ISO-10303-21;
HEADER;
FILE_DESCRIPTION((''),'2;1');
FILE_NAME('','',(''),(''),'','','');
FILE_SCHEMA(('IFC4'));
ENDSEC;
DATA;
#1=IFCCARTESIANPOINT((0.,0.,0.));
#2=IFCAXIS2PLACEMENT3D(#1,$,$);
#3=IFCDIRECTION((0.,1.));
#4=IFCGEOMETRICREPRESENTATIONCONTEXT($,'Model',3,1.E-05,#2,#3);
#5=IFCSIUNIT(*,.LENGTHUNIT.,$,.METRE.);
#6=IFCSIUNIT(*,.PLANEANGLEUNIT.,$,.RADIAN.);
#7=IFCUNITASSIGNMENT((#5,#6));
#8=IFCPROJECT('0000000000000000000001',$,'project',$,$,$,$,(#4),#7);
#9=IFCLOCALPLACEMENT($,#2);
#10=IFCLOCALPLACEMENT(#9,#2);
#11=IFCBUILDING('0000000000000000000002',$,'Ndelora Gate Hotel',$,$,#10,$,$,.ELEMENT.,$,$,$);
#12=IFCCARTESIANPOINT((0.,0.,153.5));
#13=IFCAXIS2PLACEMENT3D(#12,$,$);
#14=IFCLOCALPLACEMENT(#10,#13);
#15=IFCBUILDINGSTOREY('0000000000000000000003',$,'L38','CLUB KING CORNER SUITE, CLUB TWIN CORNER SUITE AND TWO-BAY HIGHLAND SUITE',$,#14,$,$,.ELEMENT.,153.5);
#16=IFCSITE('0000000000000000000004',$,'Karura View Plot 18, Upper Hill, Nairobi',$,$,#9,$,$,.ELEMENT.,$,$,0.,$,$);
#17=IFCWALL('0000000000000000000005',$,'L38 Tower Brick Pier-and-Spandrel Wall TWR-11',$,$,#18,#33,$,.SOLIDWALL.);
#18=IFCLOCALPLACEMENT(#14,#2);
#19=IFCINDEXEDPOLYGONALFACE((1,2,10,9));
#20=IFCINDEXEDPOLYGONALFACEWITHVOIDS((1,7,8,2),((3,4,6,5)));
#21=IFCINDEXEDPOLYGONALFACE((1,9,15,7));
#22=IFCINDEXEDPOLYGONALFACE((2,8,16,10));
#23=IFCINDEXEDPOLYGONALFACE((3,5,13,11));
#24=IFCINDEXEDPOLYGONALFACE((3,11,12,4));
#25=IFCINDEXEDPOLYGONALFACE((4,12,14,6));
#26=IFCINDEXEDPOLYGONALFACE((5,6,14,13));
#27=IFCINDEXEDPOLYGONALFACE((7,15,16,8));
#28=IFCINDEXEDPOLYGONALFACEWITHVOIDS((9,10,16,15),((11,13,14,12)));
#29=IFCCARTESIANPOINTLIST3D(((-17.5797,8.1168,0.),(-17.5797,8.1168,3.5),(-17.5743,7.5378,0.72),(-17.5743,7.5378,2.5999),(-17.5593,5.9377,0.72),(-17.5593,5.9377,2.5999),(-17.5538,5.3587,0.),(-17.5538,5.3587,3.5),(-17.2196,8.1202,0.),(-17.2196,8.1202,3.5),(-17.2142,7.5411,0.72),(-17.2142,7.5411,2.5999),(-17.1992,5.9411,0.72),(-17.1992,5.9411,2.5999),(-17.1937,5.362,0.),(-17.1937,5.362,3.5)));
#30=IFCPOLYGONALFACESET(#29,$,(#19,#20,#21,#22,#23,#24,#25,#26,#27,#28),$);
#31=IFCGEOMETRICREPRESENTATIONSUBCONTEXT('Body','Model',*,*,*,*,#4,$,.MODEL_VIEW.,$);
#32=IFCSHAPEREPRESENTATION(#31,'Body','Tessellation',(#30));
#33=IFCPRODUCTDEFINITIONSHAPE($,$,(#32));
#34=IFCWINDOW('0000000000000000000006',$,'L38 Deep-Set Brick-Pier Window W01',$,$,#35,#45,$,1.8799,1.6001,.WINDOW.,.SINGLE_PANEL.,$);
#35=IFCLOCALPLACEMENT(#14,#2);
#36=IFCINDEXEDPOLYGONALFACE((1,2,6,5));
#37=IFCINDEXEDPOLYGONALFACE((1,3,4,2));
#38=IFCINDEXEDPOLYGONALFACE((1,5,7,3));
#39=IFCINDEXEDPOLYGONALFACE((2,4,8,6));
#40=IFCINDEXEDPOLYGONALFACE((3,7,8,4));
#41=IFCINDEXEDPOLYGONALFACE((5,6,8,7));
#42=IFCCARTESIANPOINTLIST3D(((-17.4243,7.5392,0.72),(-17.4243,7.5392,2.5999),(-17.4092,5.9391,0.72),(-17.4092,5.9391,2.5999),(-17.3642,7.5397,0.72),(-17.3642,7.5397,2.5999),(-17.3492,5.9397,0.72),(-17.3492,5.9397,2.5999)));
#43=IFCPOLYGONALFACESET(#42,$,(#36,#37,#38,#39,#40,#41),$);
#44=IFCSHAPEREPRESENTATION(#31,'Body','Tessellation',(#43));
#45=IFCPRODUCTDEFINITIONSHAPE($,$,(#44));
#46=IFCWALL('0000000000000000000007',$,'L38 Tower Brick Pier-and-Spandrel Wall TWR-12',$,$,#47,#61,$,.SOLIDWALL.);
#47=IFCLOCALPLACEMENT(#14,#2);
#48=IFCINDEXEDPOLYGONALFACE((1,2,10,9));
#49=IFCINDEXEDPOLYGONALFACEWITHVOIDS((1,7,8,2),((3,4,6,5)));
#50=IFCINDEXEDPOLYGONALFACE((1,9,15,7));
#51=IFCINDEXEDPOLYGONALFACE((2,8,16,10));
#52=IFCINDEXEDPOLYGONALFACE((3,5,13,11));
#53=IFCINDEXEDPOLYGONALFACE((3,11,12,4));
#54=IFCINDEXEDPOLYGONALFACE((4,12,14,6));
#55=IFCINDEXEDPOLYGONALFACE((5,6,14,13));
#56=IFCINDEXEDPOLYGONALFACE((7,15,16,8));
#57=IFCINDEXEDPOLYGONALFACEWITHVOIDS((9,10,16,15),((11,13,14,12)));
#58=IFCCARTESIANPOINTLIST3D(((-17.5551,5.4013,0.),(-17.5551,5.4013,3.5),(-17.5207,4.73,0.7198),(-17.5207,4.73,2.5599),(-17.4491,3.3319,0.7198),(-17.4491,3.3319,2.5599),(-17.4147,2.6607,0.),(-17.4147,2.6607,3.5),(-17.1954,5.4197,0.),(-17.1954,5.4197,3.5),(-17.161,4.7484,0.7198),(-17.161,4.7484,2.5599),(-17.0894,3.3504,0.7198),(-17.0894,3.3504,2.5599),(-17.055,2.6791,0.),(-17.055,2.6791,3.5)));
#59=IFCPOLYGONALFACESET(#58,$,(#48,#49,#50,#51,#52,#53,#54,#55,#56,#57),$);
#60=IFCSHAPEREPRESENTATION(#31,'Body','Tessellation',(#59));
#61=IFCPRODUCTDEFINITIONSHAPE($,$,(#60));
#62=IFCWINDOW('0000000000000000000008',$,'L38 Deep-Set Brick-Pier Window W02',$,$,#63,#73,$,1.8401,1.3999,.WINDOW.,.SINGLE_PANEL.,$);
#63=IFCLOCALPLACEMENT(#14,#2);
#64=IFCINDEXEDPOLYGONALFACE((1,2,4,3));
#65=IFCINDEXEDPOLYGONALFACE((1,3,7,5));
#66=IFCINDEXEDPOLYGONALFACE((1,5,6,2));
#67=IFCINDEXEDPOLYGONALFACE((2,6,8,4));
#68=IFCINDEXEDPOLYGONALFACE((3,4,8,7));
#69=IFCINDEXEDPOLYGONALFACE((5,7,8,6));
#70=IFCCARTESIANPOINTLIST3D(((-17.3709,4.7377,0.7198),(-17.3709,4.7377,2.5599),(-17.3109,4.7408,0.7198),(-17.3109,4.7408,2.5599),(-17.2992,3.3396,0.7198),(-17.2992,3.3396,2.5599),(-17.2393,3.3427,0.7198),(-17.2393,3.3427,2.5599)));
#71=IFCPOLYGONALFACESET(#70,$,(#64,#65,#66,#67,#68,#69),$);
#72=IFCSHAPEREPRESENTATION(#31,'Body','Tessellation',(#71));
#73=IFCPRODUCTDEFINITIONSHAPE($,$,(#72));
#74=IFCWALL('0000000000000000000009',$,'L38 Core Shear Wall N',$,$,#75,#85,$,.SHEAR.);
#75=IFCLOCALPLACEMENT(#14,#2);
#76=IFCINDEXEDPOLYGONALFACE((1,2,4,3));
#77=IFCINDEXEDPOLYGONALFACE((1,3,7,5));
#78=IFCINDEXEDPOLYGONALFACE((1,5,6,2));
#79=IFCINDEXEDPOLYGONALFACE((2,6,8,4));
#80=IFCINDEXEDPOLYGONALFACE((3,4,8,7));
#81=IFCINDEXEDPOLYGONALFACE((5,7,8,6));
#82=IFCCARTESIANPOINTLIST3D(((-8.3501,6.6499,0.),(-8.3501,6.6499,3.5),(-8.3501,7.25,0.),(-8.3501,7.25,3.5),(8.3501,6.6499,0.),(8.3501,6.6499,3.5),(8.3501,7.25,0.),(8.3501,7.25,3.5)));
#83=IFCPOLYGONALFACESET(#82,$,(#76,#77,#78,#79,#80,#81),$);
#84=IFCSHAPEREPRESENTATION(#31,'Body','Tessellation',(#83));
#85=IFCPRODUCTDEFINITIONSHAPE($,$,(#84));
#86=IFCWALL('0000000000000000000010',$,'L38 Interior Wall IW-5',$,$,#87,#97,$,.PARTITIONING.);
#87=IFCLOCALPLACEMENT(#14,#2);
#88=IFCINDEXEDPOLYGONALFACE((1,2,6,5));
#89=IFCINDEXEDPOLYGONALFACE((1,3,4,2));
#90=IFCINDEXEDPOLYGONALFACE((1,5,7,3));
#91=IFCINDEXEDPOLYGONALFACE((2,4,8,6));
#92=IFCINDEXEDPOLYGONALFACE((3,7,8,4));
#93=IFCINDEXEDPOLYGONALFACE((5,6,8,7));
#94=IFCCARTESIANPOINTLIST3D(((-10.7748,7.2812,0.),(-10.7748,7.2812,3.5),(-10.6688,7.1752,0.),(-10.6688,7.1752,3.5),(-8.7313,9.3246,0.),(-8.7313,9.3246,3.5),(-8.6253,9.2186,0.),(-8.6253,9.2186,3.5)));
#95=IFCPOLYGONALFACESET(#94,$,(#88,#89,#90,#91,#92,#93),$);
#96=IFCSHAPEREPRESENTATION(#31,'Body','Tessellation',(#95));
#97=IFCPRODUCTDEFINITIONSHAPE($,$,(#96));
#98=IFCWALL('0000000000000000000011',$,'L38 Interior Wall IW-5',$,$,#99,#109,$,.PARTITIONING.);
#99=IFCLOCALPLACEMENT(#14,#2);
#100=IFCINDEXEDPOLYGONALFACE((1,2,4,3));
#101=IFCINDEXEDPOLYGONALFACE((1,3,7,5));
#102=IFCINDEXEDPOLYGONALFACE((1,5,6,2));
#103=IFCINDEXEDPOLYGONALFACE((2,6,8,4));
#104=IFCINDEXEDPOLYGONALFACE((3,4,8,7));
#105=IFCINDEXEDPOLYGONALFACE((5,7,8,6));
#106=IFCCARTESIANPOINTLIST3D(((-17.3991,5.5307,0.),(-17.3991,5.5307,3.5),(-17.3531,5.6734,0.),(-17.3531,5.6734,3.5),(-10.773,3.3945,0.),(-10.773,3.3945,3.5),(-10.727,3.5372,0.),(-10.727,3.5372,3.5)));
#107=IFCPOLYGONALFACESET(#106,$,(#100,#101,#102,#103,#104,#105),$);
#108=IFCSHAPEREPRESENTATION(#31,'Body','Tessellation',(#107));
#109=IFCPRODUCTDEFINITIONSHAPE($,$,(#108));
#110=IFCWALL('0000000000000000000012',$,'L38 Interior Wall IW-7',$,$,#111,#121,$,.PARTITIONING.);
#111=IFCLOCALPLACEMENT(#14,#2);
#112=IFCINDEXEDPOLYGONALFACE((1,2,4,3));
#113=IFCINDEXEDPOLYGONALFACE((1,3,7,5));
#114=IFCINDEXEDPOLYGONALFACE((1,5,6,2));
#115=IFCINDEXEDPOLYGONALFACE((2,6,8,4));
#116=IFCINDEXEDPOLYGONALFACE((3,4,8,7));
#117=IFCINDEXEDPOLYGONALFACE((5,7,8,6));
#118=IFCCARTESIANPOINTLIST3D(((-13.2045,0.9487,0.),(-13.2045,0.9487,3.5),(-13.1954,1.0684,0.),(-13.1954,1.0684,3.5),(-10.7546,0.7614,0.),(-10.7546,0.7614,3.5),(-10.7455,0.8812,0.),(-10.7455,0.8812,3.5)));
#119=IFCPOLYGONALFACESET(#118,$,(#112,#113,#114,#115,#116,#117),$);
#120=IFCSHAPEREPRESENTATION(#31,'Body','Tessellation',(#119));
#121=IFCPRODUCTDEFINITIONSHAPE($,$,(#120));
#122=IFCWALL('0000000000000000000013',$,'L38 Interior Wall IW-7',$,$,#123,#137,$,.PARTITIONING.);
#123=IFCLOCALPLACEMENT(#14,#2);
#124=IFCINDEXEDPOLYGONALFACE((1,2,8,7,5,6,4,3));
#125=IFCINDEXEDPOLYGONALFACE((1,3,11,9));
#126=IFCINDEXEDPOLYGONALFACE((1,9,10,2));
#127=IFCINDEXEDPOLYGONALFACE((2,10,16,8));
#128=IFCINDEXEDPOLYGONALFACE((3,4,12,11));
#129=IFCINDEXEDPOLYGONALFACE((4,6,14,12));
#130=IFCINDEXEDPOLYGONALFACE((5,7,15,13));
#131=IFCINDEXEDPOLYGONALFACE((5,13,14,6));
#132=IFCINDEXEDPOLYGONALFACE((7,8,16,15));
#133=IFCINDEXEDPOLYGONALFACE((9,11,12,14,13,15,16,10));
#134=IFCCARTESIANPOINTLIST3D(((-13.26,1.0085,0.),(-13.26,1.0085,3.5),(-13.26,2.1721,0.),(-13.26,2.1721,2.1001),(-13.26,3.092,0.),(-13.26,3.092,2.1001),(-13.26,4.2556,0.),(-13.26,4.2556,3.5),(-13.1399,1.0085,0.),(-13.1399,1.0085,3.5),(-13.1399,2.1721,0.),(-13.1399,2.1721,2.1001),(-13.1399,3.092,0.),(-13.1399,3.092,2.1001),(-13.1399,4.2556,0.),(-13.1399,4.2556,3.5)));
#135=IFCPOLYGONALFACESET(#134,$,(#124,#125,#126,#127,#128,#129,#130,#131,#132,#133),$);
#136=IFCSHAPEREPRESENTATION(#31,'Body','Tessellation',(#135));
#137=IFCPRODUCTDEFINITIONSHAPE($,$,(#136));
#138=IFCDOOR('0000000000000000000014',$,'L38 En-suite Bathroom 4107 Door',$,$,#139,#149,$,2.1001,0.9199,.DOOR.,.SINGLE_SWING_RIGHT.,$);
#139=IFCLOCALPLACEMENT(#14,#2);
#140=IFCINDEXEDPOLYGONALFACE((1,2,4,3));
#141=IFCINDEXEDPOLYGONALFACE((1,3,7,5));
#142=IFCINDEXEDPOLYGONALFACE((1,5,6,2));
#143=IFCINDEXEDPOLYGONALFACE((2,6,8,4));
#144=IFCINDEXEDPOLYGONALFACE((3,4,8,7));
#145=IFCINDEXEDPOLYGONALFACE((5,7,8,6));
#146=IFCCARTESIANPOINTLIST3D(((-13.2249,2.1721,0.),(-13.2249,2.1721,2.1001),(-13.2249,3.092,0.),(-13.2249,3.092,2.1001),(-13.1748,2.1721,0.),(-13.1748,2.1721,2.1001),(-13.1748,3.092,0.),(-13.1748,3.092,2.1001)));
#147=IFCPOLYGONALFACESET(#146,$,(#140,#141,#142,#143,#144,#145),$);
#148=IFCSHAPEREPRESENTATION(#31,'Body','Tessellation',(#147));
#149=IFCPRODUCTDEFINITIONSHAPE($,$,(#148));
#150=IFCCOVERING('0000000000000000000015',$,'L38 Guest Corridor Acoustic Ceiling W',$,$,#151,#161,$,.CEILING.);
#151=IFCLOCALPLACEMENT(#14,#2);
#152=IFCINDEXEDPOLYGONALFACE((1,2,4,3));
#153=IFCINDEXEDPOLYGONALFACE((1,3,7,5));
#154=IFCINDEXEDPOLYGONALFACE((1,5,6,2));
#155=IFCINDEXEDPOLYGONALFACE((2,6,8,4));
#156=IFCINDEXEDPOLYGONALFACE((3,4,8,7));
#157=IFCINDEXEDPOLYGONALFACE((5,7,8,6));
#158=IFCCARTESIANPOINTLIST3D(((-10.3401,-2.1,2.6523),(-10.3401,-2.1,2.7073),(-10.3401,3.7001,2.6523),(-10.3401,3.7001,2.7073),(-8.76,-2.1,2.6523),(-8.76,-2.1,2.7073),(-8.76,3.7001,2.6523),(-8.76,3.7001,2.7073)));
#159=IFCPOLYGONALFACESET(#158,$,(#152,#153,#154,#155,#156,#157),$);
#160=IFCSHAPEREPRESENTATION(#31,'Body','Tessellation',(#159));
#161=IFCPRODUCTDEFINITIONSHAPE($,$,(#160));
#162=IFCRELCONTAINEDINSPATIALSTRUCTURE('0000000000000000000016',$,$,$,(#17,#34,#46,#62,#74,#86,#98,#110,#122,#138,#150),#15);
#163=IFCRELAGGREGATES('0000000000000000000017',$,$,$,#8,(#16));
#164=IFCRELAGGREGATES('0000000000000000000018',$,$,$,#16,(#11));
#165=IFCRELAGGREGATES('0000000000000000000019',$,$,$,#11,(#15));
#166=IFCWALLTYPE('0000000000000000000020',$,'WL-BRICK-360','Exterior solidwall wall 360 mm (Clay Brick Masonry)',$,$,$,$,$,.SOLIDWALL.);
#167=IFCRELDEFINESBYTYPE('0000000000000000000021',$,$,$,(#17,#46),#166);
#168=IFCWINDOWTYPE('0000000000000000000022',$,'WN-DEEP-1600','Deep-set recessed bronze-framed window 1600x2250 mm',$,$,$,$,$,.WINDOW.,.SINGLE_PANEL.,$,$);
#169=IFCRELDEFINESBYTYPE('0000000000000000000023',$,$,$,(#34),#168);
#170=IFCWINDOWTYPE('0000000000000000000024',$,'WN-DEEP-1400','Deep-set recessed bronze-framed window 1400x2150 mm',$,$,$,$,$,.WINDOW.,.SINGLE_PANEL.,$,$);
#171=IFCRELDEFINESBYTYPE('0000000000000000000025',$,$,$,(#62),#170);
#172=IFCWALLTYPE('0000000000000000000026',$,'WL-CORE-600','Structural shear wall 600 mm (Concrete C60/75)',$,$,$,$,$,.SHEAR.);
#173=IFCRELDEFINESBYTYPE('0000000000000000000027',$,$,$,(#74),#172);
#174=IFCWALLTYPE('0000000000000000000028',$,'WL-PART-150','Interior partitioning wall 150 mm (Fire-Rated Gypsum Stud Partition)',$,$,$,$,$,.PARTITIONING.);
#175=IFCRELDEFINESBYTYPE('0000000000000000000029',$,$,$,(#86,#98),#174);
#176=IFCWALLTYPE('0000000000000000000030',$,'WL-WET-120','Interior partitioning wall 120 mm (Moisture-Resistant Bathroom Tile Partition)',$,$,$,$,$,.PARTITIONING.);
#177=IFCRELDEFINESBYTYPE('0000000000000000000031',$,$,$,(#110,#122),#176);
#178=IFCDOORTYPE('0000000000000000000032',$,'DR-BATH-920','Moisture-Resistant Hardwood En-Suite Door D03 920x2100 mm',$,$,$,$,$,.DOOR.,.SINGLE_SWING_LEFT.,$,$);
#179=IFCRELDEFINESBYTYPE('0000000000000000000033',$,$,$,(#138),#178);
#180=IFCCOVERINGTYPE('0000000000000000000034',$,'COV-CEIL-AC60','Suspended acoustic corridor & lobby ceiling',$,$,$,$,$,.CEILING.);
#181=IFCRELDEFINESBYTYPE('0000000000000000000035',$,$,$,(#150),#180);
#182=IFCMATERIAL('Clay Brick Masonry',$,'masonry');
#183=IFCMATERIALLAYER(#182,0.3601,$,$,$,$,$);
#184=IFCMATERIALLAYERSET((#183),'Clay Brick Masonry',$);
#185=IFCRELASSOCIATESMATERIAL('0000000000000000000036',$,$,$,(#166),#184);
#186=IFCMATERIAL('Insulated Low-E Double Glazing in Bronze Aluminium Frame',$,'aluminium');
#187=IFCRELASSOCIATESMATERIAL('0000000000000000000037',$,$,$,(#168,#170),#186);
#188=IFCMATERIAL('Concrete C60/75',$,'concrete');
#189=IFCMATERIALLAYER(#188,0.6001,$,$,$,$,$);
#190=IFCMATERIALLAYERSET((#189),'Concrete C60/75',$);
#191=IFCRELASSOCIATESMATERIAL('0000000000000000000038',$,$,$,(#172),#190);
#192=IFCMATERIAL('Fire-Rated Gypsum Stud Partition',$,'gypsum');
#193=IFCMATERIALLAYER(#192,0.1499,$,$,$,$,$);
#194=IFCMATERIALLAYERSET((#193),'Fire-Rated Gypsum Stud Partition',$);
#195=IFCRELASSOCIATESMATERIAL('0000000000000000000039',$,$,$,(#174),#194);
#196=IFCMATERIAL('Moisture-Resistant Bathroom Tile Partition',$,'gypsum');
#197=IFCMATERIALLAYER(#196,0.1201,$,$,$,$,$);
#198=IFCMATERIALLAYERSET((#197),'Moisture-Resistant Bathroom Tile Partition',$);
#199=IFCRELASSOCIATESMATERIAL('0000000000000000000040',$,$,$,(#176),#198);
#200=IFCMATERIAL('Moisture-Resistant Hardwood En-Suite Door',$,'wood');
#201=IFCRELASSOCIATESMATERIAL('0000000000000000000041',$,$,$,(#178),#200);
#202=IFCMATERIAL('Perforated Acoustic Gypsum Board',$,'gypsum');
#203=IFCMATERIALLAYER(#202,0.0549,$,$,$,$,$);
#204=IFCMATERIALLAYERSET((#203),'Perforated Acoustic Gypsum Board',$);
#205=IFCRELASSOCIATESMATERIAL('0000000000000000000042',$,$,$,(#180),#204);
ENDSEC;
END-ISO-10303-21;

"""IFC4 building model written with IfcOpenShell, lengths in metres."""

from ifc_helpers import new_model, si_unit, direction, frame, frame_2d, origin, origin_2d, place, context, subcontext, project, spatial, rectangle, extrude, material, layer, layer_set, type_object, element, fill, save


model = new_model("IFC4")

# Units and contexts
model_context = context("Model", 3, precision=1e-05, world=origin(), true_north=direction((0.0, 1.0)))
body_context = subcontext(model_context, "Body", "Model", "MODEL_VIEW")
ifc_project = project(units=[si_unit("LENGTHUNIT", "METRE"), si_unit("PLANEANGLEUNIT", "RADIAN")], contexts=[model_context])

# Site, building, storey
site_placement = place(None, origin())
site = spatial("IfcSite", under=ifc_project, at=site_placement, Name="Karura View Plot 18, Upper Hill, Nairobi", CompositionType="ELEMENT", RefElevation=0.0)
building_placement = place(site_placement, origin())
building = spatial("IfcBuilding", under=site, at=building_placement, Name="Ndelora Gate Hotel", CompositionType="ELEMENT")
storey_placement = place(building_placement, frame((0.0, 0.0, 153.5)))
storey = spatial("IfcBuildingStorey", under=building, at=storey_placement, Name="L38", Description="CLUB KING CORNER SUITE, CLUB TWIN CORNER SUITE AND TWO-BAY HIGHLAND SUITE", CompositionType="ELEMENT", Elevation=153.5)

# Shared definitions
ifc_material_1 = material(Name="Concrete C60/75", Category="concrete")

# Walls, openings, windows
ifc_material_2 = material(Name="Clay Brick Masonry", Category="masonry")
ifc_layer_1 = layer(ifc_material_2, 0.3601)
ifc_layer_set_1 = layer_set([ifc_layer_1], Name="Clay Brick Masonry")
wall_type_1 = type_object("IfcWallType", Name="WL-BRICK-360", Description="Exterior solidwall wall 360 mm (Clay Brick Masonry)", PredefinedType="SOLIDWALL", material=ifc_layer_set_1)
ifc_material_3 = material(Name="Insulated Low-E Double Glazing in Bronze Aluminium Frame", Category="aluminium")
window_type_1 = type_object("IfcWindowType", Name="WN-DEEP-1600", Description="Deep-set recessed bronze-framed window 1600x2250 mm", PartitioningType="SINGLE_PANEL", PredefinedType="WINDOW", material=ifc_material_3)
wall_1_placement = place(storey_placement, frame((-17.3738, 5.3604, 0.0), z_axis=(0.0, 0.0, 1.0), x_axis=(-0.009382, 0.999956, 0.0)))
wall_1 = element("IfcWall", 1, at=wall_1_placement, inside=storey, type_object=wall_type_1, Name="L38 Tower Brick Pier-and-Spandrel Wall TWR-11", PredefinedType="SOLIDWALL", context=body_context, shape_type="SweptSolid", body=[
    extrude(rectangle(XDim=2.7583, YDim=0.3601, at=frame_2d((1.3792, 0.0))), origin(), (0.0, 0.0, 1.0), 3.5),
])
opening_1_placement = place(wall_1_placement, frame((0.5791, 0.0, 0.72)))
opening_1 = element("IfcOpeningElement", 2, at=opening_1_placement, cuts=wall_1, PredefinedType="OPENING", context=body_context, shape_type="SweptSolid", body=[
    extrude(rectangle(XDim=1.6001, YDim=1.8799, at=frame_2d((0.8, 0.9399))), frame((0.0, 0.1899, 0.0), z_axis=(0.0, -1.0, 0.0), x_axis=(1.0, 0.0, 0.0)), (0.0, 0.0, 1.0), 0.3801),
])
window_1_placement = place(opening_1_placement, origin())
window_1 = element("IfcWindow", 3, at=window_1_placement, inside=storey, type_object=window_type_1, Name="L38 Deep-Set Brick-Pier Window W01", OverallHeight=1.8799, OverallWidth=1.6001, PartitioningType="SINGLE_PANEL", PredefinedType="WINDOW", context=body_context, shape_type="SweptSolid", body=[
    extrude(rectangle(XDim=1.6001, YDim=1.8799, at=frame_2d((0.8, 0.9399))), frame((0.0, 0.03, 0.0), z_axis=(0.0, -1.0, 0.0), x_axis=(1.0, 0.0, 0.0)), (0.0, 0.0, 1.0), 0.0601),
])
fill(opening_1, window_1)
wall_2_placement = place(storey_placement, frame((-17.2349, 2.6699, 0.0), z_axis=(0.0, 0.0, 1.0), x_axis=(-0.051158, 0.998691, 0.0)))
wall_2 = element("IfcWall", 4, at=wall_2_placement, inside=storey, type_object=wall_type_1, Name="L38 Tower Brick Pier-and-Spandrel Wall TWR-12", PredefinedType="SOLIDWALL", context=body_context, shape_type="SweptSolid", body=[
    extrude(rectangle(XDim=2.7441, YDim=0.3601, at=frame_2d((1.3721, 0.0))), origin(), (0.0, 0.0, 1.0), 3.5),
])
opening_2_placement = place(wall_2_placement, frame((0.6721, 0.0, 0.72)))
opening_2 = element("IfcOpeningElement", 5, at=opening_2_placement, cuts=wall_2, PredefinedType="OPENING", context=body_context, shape_type="SweptSolid", body=[
    extrude(rectangle(XDim=1.3999, YDim=1.8401, at=frame_2d((0.7, 0.9199))), frame((0.0, 0.1899, 0.0), z_axis=(0.0, -1.0, 0.0), x_axis=(1.0, 0.0, 0.0)), (0.0, 0.0, 1.0), 0.3801),
])
window_type_2 = type_object("IfcWindowType", Name="WN-DEEP-1400", Description="Deep-set recessed bronze-framed window 1400x2150 mm", PartitioningType="SINGLE_PANEL", PredefinedType="WINDOW", material=ifc_material_3)
window_2_placement = place(opening_2_placement, origin())
window_2 = element("IfcWindow", 6, at=window_2_placement, inside=storey, type_object=window_type_2, Name="L38 Deep-Set Brick-Pier Window W02", OverallHeight=1.8401, OverallWidth=1.3999, PartitioningType="SINGLE_PANEL", PredefinedType="WINDOW", context=body_context, shape_type="SweptSolid", body=[
    extrude(rectangle(XDim=1.3999, YDim=1.8401, at=frame_2d((0.7, 0.9199))), frame((0.0, 0.03, 0.0), z_axis=(0.0, -1.0, 0.0), x_axis=(1.0, 0.0, 0.0)), (0.0, 0.0, 1.0), 0.0601),
])
fill(opening_2, window_2)

# Wall
ifc_layer_2 = layer(ifc_material_1, 0.6001)
ifc_layer_set_2 = layer_set([ifc_layer_2], Name="Concrete C60/75")
wall_type_2 = type_object("IfcWallType", Name="WL-CORE-600", Description="Structural shear wall 600 mm (Concrete C60/75)", PredefinedType="SHEAR", material=ifc_layer_set_2)
wall_3_placement = place(storey_placement, frame((-8.3501, 6.95, 0.0), z_axis=(0.0, 0.0, 1.0), x_axis=(1.0, 0.0, 0.0)))
element("IfcWall", 7, at=wall_3_placement, inside=storey, type_object=wall_type_2, Name="L38 Core Shear Wall N", PredefinedType="SHEAR", context=body_context, shape_type="SweptSolid", body=[
    extrude(rectangle(XDim=16.7002, YDim=0.6001, at=frame_2d((8.3501, 0.0))), origin(), (0.0, 0.0, 1.0), 3.5),
])

# Walls
ifc_material_4 = material(Name="Fire-Rated Gypsum Stud Partition", Category="gypsum")
ifc_layer_3 = layer(ifc_material_4, 0.1499)
ifc_layer_set_3 = layer_set([ifc_layer_3], Name="Fire-Rated Gypsum Stud Partition")
wall_type_3 = type_object("IfcWallType", Name="WL-PART-150", Description="Interior partitioning wall 150 mm (Fire-Rated Gypsum Stud Partition)", PredefinedType="PARTITIONING", material=ifc_layer_set_3)
wall_4_placement = place(storey_placement, frame((-10.7217, 7.2283, 0.0), z_axis=(0.0, 0.0, 1.0), x_axis=(0.707107, 0.707107, 0.0)))
element("IfcWall", 8, at=wall_4_placement, inside=storey, type_object=wall_type_3, Name="L38 Interior Wall IW-5", PredefinedType="PARTITIONING", context=body_context, shape_type="SweptSolid", body=[
    extrude(rectangle(XDim=2.8899, YDim=0.1499, at=frame_2d((1.4448, 0.0))), origin(), (0.0, 0.0, 1.0), 3.5),
])
wall_5_placement = place(storey_placement, frame((-10.75, 3.4658, 0.0), z_axis=(0.0, 0.0, 1.0), x_axis=(-0.951758, 0.306849, 0.0)))
element("IfcWall", 9, at=wall_5_placement, inside=storey, type_object=wall_type_3, Name="L38 Interior Wall IW-5", PredefinedType="PARTITIONING", context=body_context, shape_type="SweptSolid", body=[
    extrude(rectangle(XDim=6.9619, YDim=0.1499, at=frame_2d((3.481, 0.0))), origin(), (0.0, 0.0, 1.0), 3.5),
])

# Wall
ifc_material_5 = material(Name="Moisture-Resistant Bathroom Tile Partition", Category="gypsum")
ifc_layer_4 = layer(ifc_material_5, 0.1201)
ifc_layer_set_4 = layer_set([ifc_layer_4], Name="Moisture-Resistant Bathroom Tile Partition")
wall_type_4 = type_object("IfcWallType", Name="WL-WET-120", Description="Interior partitioning wall 120 mm (Moisture-Resistant Bathroom Tile Partition)", PredefinedType="PARTITIONING", material=ifc_layer_set_4)
wall_6_placement = place(storey_placement, frame((-13.2, 1.0085, 0.0), z_axis=(0.0, 0.0, 1.0), x_axis=(0.997092, -0.07621, 0.0)))
element("IfcWall", 10, at=wall_6_placement, inside=storey, type_object=wall_type_4, Name="L38 Interior Wall IW-7", PredefinedType="PARTITIONING", context=body_context, shape_type="SweptSolid", body=[
    extrude(rectangle(XDim=2.457, YDim=0.1201, at=frame_2d((1.2285, 0.0))), origin(), (0.0, 0.0, 1.0), 3.5),
])

# Wall, opening, door
wall_7_placement = place(storey_placement, frame((-13.2, 1.0085, 0.0), z_axis=(0.0, 0.0, 1.0), x_axis=(0.0, 1.0, 0.0)))
wall_7 = element("IfcWall", 11, at=wall_7_placement, inside=storey, type_object=wall_type_4, Name="L38 Interior Wall IW-7", PredefinedType="PARTITIONING", context=body_context, shape_type="SweptSolid", body=[
    extrude(rectangle(XDim=3.2471, YDim=0.1201, at=frame_2d((1.6235, 0.0))), origin(), (0.0, 0.0, 1.0), 3.5),
])
opening_3_placement = place(wall_7_placement, frame((1.1636, 0.0, 0.0)))
opening_3 = element("IfcOpeningElement", 12, at=opening_3_placement, cuts=wall_7, PredefinedType="OPENING", context=body_context, shape_type="SweptSolid", body=[
    extrude(rectangle(XDim=0.9199, YDim=2.1001, at=frame_2d((0.46, 1.05))), frame((0.0, 0.0701, 0.0), z_axis=(0.0, -1.0, 0.0), x_axis=(1.0, 0.0, 0.0)), (0.0, 0.0, 1.0), 0.1401),
])
ifc_material_6 = material(Name="Moisture-Resistant Hardwood En-Suite Door", Category="wood")
door_type_1 = type_object("IfcDoorType", Name="DR-BATH-920", Description="Moisture-Resistant Hardwood En-Suite Door D03 920x2100 mm", OperationType="SINGLE_SWING_LEFT", PredefinedType="DOOR", material=ifc_material_6)
door_1_placement = place(opening_3_placement, origin())
door_1 = element("IfcDoor", 13, at=door_1_placement, inside=storey, type_object=door_type_1, Name="L38 En-suite Bathroom 4107 Door", OperationType="SINGLE_SWING_RIGHT", OverallHeight=2.1001, OverallWidth=0.9199, PredefinedType="DOOR", context=body_context, shape_type="SweptSolid", body=[
    extrude(rectangle(XDim=0.9199, YDim=2.1001, at=frame_2d((0.46, 1.05))), frame((0.0, 0.0249, 0.0), z_axis=(0.0, -1.0, 0.0), x_axis=(1.0, 0.0, 0.0)), (0.0, 0.0, 1.0), 0.05),
])
fill(opening_3, door_1)

# Covering
ifc_material_7 = material(Name="Perforated Acoustic Gypsum Board", Category="gypsum")
ifc_layer_5 = layer(ifc_material_7, 0.0549)
ifc_layer_set_5 = layer_set([ifc_layer_5], Name="Perforated Acoustic Gypsum Board")
covering_type_1 = type_object("IfcCoveringType", Name="COV-CEIL-AC60", Description="Suspended acoustic corridor & lobby ceiling", PredefinedType="CEILING", material=ifc_layer_set_5)
covering_1_placement = place(storey_placement, frame((-9.55, 0.8, 2.6523), z_axis=(0.0, 0.0, 1.0), x_axis=(1.0, 0.0, 0.0)))
element("IfcCovering", 14, at=covering_1_placement, inside=storey, type_object=covering_type_1, Name="L38 Guest Corridor Acoustic Ceiling W", PredefinedType="CEILING", context=body_context, shape_type="SweptSolid", body=[
    extrude(rectangle(XDim=1.5801, YDim=5.8, at=origin_2d()), origin(), (0.0, 0.0, 1.0), 0.0549),
])

save(model, "model.ifc")
